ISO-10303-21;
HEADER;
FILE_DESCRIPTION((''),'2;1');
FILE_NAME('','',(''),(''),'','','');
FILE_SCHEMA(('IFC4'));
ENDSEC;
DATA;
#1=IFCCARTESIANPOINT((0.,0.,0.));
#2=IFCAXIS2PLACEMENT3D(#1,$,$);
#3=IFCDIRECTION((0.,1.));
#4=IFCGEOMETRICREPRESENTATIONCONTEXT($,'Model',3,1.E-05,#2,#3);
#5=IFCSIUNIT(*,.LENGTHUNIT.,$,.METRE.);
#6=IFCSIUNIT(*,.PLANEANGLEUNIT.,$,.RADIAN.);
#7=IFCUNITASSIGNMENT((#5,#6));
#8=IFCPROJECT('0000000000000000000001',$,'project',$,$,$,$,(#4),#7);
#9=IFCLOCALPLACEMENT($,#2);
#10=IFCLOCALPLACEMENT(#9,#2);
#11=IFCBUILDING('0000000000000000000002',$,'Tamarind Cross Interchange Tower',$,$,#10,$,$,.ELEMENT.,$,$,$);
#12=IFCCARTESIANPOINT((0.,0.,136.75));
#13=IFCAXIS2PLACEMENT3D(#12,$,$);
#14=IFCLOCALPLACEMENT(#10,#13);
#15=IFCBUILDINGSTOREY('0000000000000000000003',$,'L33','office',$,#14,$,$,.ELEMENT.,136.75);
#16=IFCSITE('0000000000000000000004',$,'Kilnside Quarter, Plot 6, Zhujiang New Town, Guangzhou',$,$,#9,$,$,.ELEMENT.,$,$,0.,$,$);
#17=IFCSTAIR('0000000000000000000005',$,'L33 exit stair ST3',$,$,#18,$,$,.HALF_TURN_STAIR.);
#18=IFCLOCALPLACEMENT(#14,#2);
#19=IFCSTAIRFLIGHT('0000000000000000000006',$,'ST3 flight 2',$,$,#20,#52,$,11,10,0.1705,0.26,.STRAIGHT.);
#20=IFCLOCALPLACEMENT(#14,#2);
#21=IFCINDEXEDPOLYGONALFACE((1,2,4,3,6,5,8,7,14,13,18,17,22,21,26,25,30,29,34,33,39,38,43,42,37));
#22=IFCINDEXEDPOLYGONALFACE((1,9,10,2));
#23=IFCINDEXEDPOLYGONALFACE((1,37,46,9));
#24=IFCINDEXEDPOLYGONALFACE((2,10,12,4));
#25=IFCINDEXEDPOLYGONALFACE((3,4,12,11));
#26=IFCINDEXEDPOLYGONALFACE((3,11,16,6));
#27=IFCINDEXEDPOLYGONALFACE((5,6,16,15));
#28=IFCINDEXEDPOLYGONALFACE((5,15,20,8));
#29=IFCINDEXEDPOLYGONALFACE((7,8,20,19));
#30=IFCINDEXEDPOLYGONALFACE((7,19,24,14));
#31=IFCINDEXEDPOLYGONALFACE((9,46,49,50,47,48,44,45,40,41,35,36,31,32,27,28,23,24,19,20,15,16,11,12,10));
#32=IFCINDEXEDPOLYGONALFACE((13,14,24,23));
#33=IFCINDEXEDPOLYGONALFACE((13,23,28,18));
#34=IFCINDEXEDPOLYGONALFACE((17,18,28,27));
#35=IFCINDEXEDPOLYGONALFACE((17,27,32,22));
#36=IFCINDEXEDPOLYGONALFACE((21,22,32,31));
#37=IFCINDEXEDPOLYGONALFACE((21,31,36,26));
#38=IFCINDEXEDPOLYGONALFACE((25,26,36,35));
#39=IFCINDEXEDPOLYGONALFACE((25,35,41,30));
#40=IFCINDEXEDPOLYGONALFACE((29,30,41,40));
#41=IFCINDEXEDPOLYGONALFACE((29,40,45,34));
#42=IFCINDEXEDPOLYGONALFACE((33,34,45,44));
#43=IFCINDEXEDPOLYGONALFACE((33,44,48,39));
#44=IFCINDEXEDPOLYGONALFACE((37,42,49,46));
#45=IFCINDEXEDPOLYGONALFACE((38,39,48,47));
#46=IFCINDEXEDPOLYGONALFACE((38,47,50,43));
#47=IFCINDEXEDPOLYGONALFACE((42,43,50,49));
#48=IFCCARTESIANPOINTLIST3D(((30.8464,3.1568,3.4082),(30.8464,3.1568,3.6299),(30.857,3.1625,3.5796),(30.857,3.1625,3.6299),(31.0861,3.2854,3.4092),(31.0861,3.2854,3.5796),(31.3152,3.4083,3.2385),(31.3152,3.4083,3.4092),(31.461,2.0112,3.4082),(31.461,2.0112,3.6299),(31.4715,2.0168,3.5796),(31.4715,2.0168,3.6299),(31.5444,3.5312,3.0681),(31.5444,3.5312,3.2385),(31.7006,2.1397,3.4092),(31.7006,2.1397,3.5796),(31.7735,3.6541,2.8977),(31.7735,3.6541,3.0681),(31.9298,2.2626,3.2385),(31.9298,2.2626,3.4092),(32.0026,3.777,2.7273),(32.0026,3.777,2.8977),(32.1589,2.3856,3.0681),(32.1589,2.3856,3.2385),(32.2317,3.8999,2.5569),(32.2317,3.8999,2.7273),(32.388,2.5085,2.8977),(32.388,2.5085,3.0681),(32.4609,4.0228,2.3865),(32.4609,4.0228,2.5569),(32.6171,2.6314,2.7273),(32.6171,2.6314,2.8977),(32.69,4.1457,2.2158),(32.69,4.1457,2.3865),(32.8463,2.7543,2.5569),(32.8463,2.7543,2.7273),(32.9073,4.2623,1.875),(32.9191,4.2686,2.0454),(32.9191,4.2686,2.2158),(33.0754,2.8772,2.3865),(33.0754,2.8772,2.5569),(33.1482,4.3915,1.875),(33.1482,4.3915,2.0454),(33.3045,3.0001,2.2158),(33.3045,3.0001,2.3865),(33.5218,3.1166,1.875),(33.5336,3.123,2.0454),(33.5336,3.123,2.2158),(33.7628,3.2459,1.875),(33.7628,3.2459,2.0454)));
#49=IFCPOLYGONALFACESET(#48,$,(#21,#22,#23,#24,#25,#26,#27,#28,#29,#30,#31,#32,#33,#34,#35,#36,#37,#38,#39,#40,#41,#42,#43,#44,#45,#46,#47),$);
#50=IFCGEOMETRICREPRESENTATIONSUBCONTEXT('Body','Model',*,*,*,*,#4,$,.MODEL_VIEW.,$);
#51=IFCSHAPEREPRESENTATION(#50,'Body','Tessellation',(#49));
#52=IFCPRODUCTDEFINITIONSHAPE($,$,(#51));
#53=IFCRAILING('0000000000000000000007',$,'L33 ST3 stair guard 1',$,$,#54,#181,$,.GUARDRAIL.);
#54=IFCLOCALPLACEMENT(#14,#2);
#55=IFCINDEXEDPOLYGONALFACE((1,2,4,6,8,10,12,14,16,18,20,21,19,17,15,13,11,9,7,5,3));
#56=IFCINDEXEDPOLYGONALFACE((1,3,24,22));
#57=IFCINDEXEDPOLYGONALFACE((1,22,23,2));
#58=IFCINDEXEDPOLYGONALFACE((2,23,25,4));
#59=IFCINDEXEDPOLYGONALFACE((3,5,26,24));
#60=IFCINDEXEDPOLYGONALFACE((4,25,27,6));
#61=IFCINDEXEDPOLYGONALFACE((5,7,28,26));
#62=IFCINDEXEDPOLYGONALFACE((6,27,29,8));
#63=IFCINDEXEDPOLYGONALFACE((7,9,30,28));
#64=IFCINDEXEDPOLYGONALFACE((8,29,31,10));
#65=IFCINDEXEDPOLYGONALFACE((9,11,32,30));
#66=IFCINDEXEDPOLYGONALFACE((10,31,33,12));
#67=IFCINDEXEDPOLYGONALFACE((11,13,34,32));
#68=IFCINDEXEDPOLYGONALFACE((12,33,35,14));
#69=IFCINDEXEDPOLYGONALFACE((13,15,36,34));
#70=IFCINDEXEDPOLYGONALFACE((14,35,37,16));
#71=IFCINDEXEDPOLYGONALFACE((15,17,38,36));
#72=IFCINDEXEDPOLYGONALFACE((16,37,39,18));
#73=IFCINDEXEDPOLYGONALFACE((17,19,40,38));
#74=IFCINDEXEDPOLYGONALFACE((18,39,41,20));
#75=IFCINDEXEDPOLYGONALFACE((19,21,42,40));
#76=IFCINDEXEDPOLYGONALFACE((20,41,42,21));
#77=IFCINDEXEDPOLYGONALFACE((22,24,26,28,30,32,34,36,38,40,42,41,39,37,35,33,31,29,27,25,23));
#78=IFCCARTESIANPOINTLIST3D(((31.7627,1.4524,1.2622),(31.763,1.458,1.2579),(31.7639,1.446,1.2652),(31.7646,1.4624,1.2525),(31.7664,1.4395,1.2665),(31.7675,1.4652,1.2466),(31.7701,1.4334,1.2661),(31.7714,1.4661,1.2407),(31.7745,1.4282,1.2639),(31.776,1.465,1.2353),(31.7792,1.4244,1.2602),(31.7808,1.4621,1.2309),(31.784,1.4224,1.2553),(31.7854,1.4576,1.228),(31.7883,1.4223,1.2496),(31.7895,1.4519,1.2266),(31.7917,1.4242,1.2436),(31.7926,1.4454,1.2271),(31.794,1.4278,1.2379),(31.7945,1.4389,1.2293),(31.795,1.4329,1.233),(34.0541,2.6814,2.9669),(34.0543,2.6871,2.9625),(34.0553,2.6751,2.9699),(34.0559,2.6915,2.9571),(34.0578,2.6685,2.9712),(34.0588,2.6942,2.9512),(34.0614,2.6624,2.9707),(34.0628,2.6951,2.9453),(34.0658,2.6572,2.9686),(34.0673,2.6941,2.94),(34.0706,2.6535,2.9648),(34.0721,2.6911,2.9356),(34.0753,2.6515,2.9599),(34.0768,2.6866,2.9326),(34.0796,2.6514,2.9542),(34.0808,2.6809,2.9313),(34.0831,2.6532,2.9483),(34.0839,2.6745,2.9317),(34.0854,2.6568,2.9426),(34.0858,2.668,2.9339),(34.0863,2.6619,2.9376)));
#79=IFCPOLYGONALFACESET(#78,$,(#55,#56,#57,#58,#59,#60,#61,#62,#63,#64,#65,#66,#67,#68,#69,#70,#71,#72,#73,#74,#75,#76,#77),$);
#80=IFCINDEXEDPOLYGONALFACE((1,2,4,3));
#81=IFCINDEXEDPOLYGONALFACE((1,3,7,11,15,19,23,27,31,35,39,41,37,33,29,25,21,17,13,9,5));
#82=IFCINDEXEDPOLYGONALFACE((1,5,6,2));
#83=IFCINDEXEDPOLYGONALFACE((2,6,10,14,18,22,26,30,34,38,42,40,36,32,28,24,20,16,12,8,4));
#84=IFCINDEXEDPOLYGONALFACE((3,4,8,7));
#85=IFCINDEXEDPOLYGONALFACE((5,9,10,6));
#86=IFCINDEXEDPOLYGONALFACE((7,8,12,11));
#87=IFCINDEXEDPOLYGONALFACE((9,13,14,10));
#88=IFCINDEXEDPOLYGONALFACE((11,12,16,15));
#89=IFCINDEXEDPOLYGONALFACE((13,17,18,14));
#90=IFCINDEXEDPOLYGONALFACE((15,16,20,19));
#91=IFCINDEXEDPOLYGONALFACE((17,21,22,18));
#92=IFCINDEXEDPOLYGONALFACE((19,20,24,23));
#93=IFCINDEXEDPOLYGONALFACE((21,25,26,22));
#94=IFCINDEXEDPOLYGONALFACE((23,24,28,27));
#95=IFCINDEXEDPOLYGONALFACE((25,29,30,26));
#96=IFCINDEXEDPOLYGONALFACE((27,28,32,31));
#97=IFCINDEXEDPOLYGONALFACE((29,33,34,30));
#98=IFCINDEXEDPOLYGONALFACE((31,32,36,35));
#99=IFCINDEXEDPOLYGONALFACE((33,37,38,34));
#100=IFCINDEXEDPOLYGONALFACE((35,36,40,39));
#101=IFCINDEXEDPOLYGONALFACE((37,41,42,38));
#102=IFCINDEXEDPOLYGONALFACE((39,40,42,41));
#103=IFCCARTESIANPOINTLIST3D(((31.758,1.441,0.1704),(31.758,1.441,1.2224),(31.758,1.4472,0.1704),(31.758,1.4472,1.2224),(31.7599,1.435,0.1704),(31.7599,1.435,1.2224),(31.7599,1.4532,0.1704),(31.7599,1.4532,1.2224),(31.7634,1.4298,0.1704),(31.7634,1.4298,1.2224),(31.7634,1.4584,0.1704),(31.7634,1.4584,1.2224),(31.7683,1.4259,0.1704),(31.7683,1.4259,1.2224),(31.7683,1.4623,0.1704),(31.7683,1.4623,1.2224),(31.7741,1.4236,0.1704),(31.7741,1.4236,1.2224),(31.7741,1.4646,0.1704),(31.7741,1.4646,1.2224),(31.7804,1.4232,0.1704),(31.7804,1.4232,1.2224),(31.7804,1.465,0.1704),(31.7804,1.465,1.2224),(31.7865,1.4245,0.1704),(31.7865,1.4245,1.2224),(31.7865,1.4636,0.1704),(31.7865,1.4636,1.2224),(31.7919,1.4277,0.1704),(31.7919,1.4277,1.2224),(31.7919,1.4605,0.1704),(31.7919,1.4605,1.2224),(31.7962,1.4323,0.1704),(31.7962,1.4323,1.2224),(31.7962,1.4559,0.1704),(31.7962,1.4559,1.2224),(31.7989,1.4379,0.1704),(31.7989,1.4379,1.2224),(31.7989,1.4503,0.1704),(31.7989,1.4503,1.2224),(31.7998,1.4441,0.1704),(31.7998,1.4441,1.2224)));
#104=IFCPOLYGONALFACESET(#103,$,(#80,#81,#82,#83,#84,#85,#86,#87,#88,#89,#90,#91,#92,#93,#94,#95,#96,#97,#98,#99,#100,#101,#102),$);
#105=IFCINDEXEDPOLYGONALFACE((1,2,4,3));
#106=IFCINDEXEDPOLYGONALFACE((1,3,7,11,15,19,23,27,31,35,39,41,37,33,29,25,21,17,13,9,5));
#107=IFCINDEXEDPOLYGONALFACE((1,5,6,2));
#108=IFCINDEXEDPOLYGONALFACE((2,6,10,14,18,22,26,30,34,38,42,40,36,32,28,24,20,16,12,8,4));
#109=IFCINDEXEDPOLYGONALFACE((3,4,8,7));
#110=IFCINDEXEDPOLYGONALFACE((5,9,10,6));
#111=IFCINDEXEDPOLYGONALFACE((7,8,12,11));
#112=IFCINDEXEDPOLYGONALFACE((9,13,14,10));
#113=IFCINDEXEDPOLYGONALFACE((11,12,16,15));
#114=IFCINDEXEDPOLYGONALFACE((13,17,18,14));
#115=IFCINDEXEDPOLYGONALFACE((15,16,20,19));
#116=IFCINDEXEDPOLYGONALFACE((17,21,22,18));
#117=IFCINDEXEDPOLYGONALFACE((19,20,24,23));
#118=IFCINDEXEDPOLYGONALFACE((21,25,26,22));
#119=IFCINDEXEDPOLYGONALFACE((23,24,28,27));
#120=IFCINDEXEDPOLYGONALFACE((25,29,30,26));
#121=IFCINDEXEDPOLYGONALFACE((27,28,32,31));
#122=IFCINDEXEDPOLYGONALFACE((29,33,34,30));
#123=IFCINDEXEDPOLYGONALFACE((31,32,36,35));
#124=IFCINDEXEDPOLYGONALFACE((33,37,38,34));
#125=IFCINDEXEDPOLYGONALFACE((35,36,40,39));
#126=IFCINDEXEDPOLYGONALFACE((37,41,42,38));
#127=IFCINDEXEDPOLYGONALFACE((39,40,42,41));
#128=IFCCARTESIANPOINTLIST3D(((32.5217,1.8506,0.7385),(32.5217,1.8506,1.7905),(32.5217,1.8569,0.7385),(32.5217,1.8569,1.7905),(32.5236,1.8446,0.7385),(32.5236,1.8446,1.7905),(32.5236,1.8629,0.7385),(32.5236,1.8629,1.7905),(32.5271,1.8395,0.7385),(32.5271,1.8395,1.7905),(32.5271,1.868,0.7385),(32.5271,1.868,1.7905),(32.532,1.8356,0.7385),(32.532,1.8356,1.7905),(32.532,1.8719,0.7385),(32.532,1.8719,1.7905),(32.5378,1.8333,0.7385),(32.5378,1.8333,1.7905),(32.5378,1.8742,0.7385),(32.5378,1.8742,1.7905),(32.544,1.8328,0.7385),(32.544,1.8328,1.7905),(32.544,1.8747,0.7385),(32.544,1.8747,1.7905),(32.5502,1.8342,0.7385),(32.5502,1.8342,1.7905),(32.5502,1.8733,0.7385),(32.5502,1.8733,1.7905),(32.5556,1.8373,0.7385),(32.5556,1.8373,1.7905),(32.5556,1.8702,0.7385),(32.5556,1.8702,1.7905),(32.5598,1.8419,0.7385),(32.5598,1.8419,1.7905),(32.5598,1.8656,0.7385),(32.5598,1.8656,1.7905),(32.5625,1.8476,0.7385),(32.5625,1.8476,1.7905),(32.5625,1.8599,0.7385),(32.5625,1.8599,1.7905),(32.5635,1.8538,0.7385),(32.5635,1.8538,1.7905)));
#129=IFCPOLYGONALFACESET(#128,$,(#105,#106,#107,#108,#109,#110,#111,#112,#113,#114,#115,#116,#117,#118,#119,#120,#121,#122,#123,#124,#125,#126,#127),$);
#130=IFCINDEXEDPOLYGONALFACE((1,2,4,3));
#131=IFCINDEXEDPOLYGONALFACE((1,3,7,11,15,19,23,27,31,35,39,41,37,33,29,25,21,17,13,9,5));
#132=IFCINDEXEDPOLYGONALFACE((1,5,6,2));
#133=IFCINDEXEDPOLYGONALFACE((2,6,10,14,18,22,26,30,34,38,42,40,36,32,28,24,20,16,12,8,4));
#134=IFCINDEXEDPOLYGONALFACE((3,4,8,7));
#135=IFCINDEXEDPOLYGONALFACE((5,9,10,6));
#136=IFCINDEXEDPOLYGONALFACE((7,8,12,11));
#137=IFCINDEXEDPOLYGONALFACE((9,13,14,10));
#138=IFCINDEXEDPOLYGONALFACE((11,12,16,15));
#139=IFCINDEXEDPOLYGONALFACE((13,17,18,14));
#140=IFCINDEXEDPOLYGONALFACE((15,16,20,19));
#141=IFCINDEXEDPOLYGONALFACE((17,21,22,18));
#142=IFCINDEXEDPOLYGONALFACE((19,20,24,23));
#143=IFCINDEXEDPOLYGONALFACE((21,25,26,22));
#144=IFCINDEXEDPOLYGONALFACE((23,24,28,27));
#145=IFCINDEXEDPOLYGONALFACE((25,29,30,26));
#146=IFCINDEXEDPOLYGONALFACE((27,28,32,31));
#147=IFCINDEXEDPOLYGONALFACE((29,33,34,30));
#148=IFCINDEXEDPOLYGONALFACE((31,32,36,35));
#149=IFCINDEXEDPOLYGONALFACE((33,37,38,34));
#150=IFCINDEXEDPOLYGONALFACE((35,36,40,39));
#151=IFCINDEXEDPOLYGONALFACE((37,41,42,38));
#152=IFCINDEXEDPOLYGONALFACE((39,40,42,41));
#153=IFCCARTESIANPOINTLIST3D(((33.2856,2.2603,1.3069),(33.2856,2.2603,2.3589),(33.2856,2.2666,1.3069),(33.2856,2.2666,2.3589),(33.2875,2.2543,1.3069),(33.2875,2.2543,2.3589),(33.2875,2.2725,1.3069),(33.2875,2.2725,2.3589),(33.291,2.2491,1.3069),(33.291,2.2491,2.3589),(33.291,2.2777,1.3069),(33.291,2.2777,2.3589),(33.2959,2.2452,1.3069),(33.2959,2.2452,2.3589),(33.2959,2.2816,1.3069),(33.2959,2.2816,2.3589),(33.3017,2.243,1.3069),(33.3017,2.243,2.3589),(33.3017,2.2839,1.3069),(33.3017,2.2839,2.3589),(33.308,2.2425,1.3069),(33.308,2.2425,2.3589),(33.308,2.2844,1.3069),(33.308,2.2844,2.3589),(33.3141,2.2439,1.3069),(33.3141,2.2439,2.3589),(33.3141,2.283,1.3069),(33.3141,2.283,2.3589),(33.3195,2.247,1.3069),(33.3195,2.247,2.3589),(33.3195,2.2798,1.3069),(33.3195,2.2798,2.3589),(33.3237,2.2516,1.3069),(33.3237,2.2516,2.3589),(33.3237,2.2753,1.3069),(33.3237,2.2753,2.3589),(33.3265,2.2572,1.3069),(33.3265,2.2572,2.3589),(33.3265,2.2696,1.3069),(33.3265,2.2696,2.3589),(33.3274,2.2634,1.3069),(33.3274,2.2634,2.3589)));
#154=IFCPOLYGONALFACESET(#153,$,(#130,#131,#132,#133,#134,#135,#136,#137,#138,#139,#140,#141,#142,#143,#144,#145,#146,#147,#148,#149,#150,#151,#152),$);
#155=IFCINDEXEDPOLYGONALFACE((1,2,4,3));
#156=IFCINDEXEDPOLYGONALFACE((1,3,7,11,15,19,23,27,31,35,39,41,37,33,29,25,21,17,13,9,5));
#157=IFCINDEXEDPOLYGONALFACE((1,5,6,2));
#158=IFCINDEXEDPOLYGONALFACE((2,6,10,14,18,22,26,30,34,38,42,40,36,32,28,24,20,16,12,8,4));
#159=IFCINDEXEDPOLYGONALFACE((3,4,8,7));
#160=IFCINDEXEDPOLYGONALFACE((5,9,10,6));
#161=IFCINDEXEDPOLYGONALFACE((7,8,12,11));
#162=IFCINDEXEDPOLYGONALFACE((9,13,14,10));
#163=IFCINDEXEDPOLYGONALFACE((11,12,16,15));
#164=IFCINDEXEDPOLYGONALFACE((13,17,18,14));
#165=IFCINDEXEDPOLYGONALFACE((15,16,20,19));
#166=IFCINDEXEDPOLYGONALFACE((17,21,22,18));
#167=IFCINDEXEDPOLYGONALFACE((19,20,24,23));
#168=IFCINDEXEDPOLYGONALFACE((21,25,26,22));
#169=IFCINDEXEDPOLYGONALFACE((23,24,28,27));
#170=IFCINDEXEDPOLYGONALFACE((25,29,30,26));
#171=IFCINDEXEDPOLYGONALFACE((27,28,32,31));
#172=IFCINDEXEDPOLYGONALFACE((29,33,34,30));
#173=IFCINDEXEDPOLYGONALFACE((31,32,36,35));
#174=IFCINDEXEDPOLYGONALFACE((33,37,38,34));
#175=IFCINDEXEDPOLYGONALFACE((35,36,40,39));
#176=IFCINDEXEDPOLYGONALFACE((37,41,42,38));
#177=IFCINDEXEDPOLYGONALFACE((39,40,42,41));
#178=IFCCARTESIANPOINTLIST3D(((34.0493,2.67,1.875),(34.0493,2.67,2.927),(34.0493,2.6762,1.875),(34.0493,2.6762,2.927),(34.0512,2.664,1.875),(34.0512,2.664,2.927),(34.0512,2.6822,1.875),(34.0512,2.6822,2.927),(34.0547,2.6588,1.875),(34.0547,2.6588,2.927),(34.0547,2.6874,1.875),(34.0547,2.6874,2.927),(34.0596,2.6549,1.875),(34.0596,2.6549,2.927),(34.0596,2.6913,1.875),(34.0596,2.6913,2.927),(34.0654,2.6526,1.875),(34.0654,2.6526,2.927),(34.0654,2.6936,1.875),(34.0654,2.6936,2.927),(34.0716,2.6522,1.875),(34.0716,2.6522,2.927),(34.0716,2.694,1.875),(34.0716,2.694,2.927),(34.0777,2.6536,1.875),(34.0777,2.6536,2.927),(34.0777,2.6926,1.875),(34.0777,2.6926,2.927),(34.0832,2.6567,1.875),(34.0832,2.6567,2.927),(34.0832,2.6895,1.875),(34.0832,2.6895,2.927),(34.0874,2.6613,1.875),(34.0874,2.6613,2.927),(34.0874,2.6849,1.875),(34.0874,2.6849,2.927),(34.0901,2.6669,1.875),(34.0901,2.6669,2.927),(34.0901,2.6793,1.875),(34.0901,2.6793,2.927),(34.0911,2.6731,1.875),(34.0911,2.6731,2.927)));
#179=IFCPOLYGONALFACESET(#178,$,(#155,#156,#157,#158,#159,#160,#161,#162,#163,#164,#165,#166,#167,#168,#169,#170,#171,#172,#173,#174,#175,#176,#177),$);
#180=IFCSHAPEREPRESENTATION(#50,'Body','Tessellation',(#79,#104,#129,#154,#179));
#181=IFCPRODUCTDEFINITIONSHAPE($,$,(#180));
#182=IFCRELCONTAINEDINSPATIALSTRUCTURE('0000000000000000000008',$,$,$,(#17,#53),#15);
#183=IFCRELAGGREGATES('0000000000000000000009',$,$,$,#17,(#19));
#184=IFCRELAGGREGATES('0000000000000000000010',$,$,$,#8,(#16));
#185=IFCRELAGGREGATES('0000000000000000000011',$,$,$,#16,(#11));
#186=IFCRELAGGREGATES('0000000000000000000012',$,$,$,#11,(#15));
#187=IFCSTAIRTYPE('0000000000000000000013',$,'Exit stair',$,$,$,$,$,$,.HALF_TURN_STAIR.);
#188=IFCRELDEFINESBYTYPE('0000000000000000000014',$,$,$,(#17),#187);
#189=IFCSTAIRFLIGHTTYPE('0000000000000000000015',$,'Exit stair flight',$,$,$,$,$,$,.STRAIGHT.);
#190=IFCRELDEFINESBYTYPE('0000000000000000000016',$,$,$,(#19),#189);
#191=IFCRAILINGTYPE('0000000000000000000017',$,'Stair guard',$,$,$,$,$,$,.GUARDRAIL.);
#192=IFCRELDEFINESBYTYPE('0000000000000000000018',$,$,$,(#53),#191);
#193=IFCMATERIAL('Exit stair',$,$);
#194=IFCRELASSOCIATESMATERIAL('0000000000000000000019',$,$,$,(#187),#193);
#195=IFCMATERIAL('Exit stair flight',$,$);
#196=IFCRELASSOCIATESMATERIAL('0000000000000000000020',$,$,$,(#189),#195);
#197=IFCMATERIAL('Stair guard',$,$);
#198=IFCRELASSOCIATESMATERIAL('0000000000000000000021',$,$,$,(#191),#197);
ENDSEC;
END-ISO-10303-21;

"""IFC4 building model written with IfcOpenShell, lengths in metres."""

from ifc_helpers import new_model, si_unit, direction, frame, origin, origin_2d, place, context, subcontext, project, spatial, polyline, circle, outline, extrude, material, type_object, element, aggregate, save


model = new_model("IFC4")

# Units and contexts
model_context = context("Model", 3, precision=1e-05, world=origin(), true_north=direction((0.0, 1.0)))
body_context = subcontext(model_context, "Body", "Model", "MODEL_VIEW")
ifc_project = project(units=[si_unit("LENGTHUNIT", "METRE"), si_unit("PLANEANGLEUNIT", "RADIAN")], contexts=[model_context])

# Site, building, storey
site_placement = place(None, origin())
site = spatial("IfcSite", under=ifc_project, at=site_placement, Name="Kilnside Quarter, Plot 6, Zhujiang New Town, Guangzhou", CompositionType="ELEMENT", RefElevation=0.0)
building_placement = place(site_placement, origin())
building = spatial("IfcBuilding", under=site, at=building_placement, Name="Tamarind Cross Interchange Tower", CompositionType="ELEMENT")
storey_placement = place(building_placement, frame((0.0, 0.0, 136.75)))
storey = spatial("IfcBuildingStorey", under=building, at=storey_placement, Name="L33", Description="office", CompositionType="ELEMENT", Elevation=136.75)

# Stair, stair flight
ifc_material_1 = material(Name="Exit stair")
stair_type = type_object("IfcStairType", Name="Exit stair", PredefinedType="HALF_TURN_STAIR", material=ifc_material_1)
stair_placement = place(storey_placement, origin())
stair = element("IfcStair", 1, at=stair_placement, inside=storey, type_object=stair_type, Name="L33 exit stair ST3", PredefinedType="HALF_TURN_STAIR")
ifc_material_2 = material(Name="Exit stair flight")
stair_flight_type = type_object("IfcStairFlightType", Name="Exit stair flight", PredefinedType="STRAIGHT", material=ifc_material_2)
stair_flight_1_placement = place(storey_placement, frame((33.4556, 3.8186, 1.875), z_axis=(0.0, 0.0, 1.0), x_axis=(-0.881224, -0.472698, 0.0)))
stair_flight_1 = element("IfcStairFlight", 2, at=stair_flight_1_placement, type_object=stair_flight_type, Name="ST3 flight 2", NumberOfRisers=11, NumberOfTreads=10, PredefinedType="STRAIGHT", RiserHeight=0.1705, TreadLength=0.26, context=body_context, shape_type="SweptSolid", body=[
    extrude(outline(polyline([(0.0, 0.0), (0.0, 0.1704), (0.26, 0.1704), (0.26, 0.3408), (0.52, 0.3408), (0.52, 0.5115), (0.78, 0.5115), (0.78, 0.6819), (1.04, 0.6819), (1.04, 0.8523), (1.3, 0.8523), (1.3, 1.0227), (1.5601, 1.0227), (1.5601, 1.1931), (1.8201, 1.1931), (1.8201, 1.3635), (2.0801, 1.3635), (2.0801, 1.5342), (2.3401, 1.5342), (2.3401, 1.7046), (2.6001, 1.7046), (2.6001, 1.7549), (2.6121, 1.7549), (2.6121, 1.5332), (0.2734, 0.0), (0.0, 0.0)])), frame((0.0, 0.6499, 0.0), z_axis=(0.0, -1.0, 0.0), x_axis=(1.0, 0.0, 0.0)), (0.0, 0.0, 1.0), 1.3),
])
aggregate(stair, [stair_flight_1])

# Railing
ifc_material_3 = material(Name="Stair guard")
railing_type_1 = type_object("IfcRailingType", Name="Stair guard", PredefinedType="GUARDRAIL", material=ifc_material_3)
railing_1_placement = place(storey_placement, frame((31.7788, 1.4441, 0.1704)))
element("IfcRailing", 3, at=railing_1_placement, inside=storey, type_object=railing_type_1, Name="L33 ST3 stair guard 1", PredefinedType="GUARDRAIL", context=body_context, shape_type="SweptSolid", body=[
    extrude(circle(Radius=0.0239, at=origin_2d()), frame((0.0, 0.0, 1.0762), z_axis=(0.736974, 0.395304, 0.548274), x_axis=(-0.472683, 0.881233, 0.0)), (0.0, 0.0, 1.0), 3.1091),
    extrude(circle(Radius=0.021, at=origin_2d()), origin(), (0.0, 0.0, 1.0), 1.052),
    extrude(circle(Radius=0.021, at=origin_2d()), frame((0.7637, 0.4097, 0.5681)), (0.0, 0.0, 1.0), 1.052),
    extrude(circle(Radius=0.021, at=origin_2d()), frame((1.5276, 0.8193, 1.1365)), (0.0, 0.0, 1.0), 1.052),
    extrude(circle(Radius=0.021, at=origin_2d()), frame((2.2913, 1.229, 1.7046)), (0.0, 0.0, 1.0), 1.052),
])

save(model, "model.ifc")
